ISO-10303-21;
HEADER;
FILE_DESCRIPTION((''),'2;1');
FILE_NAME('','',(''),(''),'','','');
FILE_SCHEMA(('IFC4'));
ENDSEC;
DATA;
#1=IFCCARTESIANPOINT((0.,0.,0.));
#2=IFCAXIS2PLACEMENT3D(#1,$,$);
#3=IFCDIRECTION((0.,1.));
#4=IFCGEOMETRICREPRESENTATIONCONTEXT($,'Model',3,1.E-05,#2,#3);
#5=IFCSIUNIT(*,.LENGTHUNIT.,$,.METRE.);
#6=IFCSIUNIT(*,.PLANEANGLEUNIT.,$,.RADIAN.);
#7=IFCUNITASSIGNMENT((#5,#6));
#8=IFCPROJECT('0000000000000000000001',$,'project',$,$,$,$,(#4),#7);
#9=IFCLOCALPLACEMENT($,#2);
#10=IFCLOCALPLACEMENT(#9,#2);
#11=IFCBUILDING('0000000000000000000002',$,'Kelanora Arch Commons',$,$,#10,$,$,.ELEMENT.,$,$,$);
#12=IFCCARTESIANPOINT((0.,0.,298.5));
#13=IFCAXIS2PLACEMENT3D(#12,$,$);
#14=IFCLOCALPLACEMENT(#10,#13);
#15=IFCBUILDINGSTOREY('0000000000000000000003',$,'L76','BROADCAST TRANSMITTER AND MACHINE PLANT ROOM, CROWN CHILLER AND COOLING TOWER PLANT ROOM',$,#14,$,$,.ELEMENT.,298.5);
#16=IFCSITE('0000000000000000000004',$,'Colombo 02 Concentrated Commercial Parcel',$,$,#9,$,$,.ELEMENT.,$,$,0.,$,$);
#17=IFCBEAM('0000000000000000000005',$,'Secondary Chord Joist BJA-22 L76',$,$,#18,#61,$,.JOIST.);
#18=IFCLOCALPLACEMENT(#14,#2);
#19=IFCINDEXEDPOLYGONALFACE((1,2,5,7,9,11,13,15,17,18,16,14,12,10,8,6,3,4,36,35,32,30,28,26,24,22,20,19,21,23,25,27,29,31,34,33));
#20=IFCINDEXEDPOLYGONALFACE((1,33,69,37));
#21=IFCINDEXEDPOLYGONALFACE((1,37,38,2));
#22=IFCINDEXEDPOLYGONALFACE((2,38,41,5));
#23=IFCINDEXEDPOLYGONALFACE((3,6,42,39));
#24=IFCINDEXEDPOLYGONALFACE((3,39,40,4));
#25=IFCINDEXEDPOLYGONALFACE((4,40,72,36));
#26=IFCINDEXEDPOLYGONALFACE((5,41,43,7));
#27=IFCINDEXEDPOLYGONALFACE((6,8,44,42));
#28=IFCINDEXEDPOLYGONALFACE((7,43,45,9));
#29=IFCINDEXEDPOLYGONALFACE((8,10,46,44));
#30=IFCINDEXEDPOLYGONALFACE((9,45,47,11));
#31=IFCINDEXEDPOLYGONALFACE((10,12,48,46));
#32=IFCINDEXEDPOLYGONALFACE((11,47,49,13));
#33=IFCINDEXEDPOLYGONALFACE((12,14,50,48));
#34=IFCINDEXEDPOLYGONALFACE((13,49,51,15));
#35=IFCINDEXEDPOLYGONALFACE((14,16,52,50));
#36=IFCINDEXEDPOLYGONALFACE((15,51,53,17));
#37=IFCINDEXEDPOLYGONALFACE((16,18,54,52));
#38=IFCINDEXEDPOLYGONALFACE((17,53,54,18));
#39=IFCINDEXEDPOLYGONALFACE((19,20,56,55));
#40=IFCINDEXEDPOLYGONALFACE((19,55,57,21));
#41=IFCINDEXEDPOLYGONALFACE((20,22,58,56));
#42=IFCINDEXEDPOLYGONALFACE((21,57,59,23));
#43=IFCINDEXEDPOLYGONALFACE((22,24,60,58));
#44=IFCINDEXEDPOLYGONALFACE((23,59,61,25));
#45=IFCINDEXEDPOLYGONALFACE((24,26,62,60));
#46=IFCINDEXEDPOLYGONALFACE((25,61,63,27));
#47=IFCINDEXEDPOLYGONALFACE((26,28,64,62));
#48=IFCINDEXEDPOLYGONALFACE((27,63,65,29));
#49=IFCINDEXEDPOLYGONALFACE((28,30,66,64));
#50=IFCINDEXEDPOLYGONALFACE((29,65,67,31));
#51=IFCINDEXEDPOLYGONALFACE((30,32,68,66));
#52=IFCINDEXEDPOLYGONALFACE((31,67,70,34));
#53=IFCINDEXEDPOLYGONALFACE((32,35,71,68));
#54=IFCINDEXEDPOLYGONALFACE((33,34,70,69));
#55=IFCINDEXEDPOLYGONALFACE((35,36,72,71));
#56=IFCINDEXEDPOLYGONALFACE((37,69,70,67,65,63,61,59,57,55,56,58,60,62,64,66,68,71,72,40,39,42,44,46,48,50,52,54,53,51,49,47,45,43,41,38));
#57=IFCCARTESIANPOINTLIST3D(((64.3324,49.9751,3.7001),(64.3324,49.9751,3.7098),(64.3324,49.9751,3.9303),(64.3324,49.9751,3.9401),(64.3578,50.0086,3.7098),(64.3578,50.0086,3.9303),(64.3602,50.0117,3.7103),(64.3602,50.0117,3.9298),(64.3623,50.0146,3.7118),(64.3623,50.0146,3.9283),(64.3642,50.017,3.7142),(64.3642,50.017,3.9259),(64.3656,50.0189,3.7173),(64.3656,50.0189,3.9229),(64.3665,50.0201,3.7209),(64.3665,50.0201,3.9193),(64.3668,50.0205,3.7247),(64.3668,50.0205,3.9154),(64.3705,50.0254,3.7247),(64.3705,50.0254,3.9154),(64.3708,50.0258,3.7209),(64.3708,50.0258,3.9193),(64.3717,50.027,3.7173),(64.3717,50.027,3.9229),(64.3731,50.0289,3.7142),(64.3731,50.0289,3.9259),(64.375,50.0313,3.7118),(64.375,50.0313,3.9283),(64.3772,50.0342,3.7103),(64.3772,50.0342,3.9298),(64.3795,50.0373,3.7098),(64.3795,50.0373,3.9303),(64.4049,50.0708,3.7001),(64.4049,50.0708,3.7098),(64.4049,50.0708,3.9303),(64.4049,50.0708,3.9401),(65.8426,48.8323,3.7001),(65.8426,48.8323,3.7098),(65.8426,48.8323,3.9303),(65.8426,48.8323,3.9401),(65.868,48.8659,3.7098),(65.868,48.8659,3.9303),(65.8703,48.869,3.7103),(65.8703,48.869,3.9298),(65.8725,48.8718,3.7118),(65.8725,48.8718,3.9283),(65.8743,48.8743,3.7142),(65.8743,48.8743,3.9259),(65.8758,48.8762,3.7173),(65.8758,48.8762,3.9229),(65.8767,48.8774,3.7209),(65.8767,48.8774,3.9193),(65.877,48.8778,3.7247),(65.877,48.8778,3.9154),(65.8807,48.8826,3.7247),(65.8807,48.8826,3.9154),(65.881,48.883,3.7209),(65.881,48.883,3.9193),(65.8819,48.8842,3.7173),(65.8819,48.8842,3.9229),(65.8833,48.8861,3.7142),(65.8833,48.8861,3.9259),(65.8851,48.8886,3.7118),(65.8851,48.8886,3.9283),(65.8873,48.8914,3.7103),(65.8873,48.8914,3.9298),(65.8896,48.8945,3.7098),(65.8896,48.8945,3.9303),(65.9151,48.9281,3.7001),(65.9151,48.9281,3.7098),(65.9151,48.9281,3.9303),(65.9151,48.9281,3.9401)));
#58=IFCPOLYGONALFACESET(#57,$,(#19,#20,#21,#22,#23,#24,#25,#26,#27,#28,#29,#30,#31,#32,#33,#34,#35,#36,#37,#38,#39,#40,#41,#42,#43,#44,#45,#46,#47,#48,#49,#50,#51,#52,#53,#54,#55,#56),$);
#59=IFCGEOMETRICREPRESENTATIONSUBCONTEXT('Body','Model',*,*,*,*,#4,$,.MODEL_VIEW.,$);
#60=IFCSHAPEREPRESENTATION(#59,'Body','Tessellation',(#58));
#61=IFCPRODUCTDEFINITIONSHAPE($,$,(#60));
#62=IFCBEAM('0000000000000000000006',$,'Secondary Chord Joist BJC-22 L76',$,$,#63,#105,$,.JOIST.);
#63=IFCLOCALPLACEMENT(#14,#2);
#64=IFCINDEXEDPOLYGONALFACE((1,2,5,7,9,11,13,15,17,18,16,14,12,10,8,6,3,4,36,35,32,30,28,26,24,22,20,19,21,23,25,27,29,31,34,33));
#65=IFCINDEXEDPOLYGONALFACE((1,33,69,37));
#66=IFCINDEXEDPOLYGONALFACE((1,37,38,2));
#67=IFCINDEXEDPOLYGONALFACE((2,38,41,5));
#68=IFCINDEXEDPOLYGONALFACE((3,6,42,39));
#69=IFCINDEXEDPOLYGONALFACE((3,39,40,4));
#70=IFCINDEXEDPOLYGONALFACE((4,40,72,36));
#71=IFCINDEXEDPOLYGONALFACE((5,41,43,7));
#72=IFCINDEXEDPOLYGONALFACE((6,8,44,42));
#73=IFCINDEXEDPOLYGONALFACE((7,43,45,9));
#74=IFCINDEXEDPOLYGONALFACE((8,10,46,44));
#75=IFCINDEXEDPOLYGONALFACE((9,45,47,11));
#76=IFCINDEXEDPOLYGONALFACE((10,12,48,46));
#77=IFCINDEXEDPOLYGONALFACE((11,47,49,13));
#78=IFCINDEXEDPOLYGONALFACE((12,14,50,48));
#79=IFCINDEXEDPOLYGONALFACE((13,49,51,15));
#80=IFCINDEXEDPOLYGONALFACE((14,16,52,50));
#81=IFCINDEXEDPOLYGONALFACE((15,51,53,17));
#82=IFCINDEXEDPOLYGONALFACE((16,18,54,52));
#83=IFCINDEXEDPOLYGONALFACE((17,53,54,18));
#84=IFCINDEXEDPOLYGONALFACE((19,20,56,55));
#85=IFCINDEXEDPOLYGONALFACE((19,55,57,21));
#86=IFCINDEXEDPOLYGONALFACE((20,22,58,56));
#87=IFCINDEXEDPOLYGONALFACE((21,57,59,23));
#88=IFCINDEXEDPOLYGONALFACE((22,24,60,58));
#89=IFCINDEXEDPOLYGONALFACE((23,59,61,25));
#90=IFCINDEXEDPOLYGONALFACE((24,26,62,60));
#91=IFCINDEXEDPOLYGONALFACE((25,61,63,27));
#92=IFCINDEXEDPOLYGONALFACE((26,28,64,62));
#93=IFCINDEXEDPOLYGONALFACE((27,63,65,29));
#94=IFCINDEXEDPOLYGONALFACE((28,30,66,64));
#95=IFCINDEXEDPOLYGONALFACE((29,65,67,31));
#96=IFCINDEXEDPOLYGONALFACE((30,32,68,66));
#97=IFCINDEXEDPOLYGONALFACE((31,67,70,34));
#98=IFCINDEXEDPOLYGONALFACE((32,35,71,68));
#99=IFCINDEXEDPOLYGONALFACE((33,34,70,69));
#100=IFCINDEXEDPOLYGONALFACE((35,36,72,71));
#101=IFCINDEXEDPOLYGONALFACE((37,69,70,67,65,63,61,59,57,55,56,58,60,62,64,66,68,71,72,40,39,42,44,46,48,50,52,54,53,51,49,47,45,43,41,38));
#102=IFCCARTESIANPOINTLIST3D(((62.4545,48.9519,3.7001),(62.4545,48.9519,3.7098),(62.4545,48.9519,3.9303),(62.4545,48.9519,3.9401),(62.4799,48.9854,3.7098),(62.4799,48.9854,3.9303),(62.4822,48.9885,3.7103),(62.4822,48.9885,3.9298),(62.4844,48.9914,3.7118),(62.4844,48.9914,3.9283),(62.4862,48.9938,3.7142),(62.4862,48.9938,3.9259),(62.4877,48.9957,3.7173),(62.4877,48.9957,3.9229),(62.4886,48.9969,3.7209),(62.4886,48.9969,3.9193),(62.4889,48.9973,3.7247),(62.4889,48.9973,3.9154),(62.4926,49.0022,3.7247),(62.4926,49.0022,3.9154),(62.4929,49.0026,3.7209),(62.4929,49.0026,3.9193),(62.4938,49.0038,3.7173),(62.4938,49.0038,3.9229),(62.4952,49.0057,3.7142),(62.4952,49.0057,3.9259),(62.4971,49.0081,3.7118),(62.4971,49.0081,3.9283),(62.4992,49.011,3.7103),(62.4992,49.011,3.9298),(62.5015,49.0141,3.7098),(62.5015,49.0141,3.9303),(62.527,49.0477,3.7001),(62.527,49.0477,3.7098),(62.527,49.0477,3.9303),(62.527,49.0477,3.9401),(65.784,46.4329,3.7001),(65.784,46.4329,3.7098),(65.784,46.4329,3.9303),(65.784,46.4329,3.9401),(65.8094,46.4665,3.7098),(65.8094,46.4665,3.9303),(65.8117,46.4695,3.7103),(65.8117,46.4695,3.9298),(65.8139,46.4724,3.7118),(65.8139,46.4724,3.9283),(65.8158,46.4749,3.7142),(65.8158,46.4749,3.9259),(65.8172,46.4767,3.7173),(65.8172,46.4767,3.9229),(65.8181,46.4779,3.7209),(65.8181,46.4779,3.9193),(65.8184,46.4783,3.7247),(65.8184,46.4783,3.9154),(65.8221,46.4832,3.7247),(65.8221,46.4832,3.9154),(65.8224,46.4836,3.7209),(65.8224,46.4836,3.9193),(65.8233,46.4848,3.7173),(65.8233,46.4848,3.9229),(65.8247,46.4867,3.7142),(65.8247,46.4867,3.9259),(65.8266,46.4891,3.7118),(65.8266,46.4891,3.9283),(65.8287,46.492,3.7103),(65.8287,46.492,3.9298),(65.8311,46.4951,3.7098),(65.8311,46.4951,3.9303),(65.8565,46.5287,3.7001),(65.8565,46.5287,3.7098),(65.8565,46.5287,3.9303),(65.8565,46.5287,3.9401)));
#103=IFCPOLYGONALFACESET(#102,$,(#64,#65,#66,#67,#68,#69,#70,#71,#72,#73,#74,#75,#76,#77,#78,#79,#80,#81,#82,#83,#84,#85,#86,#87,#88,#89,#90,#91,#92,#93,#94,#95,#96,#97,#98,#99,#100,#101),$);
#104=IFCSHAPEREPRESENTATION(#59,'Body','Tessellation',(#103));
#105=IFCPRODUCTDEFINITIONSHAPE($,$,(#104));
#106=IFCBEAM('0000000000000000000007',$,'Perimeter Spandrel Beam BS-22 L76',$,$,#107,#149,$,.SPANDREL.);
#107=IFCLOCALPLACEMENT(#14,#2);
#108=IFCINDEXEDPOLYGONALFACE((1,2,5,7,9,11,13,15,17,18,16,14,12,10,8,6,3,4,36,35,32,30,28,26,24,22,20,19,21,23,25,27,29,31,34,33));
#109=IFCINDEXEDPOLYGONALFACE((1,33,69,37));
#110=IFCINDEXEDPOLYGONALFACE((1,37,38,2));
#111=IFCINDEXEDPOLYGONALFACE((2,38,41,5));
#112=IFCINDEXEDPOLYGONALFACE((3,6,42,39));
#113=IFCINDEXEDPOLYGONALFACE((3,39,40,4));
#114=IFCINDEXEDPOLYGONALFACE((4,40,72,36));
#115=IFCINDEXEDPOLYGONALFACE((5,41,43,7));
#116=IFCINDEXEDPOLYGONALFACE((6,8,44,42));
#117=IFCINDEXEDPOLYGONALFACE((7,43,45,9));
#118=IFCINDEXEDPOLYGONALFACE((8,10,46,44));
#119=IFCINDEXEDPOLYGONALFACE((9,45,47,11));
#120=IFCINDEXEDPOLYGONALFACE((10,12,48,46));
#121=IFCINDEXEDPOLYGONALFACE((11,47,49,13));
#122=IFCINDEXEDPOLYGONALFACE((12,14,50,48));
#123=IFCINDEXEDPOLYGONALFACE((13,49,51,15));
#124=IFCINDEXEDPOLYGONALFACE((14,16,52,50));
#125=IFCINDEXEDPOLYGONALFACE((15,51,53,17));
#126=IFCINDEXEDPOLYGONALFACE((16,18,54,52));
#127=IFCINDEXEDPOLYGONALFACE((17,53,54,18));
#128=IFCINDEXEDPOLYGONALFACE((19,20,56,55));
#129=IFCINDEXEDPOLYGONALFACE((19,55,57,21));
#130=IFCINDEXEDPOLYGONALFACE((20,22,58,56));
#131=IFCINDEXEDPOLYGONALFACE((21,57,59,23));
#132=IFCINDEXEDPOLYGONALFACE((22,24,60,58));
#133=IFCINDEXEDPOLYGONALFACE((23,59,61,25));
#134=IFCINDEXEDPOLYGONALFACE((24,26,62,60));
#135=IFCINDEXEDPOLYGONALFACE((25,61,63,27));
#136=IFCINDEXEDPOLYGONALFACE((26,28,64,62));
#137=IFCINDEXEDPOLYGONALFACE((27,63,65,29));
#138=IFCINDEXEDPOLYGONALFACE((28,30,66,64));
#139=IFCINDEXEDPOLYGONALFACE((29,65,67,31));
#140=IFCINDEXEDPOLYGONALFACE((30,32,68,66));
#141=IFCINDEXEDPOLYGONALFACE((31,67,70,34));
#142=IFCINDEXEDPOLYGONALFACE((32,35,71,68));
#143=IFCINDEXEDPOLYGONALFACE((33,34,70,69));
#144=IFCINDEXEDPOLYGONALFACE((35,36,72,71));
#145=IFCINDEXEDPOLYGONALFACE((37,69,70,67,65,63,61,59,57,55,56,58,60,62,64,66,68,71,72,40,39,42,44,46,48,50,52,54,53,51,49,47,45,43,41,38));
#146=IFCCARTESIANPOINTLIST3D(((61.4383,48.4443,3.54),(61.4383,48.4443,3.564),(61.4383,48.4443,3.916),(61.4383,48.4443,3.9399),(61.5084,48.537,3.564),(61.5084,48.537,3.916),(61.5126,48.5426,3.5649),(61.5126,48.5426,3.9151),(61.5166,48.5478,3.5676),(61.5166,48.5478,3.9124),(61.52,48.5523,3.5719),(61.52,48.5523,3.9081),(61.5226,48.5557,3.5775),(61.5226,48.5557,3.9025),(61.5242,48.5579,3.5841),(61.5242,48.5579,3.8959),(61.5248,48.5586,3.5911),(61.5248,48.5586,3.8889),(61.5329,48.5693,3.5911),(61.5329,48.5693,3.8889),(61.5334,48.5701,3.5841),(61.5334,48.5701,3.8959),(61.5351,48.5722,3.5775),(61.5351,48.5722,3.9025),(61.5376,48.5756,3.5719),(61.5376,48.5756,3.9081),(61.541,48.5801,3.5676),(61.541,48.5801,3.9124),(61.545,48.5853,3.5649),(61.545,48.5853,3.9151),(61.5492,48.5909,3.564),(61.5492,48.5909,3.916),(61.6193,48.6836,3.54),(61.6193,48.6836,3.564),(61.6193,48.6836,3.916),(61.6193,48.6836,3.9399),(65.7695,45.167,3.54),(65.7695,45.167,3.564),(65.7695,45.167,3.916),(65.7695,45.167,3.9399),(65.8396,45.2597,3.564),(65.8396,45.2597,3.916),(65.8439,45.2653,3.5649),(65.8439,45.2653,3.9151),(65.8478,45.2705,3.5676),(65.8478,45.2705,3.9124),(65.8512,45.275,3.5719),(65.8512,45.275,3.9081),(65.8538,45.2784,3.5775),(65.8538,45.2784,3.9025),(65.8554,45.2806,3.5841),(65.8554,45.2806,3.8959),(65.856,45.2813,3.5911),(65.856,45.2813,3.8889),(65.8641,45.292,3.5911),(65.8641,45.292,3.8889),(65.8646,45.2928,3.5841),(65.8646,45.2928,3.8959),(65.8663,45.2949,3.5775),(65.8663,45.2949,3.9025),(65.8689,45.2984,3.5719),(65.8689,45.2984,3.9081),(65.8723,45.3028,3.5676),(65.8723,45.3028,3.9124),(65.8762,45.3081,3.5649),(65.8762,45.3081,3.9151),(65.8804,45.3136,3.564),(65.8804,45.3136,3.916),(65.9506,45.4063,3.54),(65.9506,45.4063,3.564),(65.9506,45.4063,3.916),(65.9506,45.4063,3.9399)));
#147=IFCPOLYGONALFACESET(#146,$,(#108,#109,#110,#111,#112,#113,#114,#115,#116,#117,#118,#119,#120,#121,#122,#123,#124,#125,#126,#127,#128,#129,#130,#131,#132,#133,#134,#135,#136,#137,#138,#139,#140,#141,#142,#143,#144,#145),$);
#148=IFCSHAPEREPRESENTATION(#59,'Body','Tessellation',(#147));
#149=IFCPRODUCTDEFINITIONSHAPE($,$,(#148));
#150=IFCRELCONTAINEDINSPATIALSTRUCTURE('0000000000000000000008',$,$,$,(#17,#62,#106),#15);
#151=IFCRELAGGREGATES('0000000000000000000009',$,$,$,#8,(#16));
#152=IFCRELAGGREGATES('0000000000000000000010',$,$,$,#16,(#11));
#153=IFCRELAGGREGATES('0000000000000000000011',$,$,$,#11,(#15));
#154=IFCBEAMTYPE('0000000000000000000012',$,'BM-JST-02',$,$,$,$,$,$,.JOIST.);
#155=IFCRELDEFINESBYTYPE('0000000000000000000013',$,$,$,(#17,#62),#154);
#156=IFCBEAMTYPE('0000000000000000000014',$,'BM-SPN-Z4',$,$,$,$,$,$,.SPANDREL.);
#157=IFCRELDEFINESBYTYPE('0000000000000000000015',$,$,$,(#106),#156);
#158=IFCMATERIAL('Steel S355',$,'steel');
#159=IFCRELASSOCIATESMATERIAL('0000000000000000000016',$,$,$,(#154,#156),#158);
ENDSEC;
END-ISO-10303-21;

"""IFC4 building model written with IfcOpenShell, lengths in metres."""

from ifc_helpers import new_model, si_unit, direction, frame, origin, origin_2d, place, context, subcontext, project, spatial, i_section, extrude, material, material_profile, profile_set, type_object, element, save


model = new_model("IFC4")

# Units and contexts
model_context = context("Model", 3, precision=1e-05, world=origin(), true_north=direction((0.0, 1.0)))
body_context = subcontext(model_context, "Body", "Model", "MODEL_VIEW")
ifc_project = project(units=[si_unit("LENGTHUNIT", "METRE"), si_unit("PLANEANGLEUNIT", "RADIAN")], contexts=[model_context])

# Site, building, storey
site_placement = place(None, origin())
site = spatial("IfcSite", under=ifc_project, at=site_placement, Name="Colombo 02 Concentrated Commercial Parcel", CompositionType="ELEMENT", RefElevation=0.0)
building_placement = place(site_placement, origin())
building = spatial("IfcBuilding", under=site, at=building_placement, Name="Kelanora Arch Commons", CompositionType="ELEMENT")
storey_placement = place(building_placement, frame((0.0, 0.0, 298.5)))
storey = spatial("IfcBuildingStorey", under=building, at=storey_placement, Name="L76", Description="BROADCAST TRANSMITTER AND MACHINE PLANT ROOM, CROWN CHILLER AND COOLING TOWER PLANT ROOM", CompositionType="ELEMENT", Elevation=298.5)

# Beams
ifc_material_1 = material(Name="Steel S355", Category="steel")
ifc_material_profile_1 = material_profile(ifc_material_1, i_section(OverallWidth=0.1201, OverallDepth=0.24, WebThickness=0.0061, FlangeThickness=0.0098, FilletRadius=0.0149, at=origin_2d()), Name="IPE240")
ifc_profile_set_1 = profile_set([ifc_material_profile_1], Name="Steel S355")
beam_type_1 = type_object("IfcBeamType", Name="BM-JST-02", PredefinedType="JOIST", material=ifc_profile_set_1)
beam_1_placement = place(storey_placement, frame((64.3687, 50.0229, 3.8201), z_axis=(0.797425, -0.603418, 0.0), x_axis=(0.603418, 0.797425, 0.0)))
element("IfcBeam", 1, at=beam_1_placement, inside=storey, type_object=beam_type_1, Name="Secondary Chord Joist BJA-22 L76", PredefinedType="JOIST", context=body_context, shape_type="SweptSolid", body=[
    extrude(i_section(OverallWidth=0.1201, OverallDepth=0.24, WebThickness=0.0061, FlangeThickness=0.0098, FilletRadius=0.0149, at=origin_2d()), origin(), (0.0, 0.0, 1.0), 1.8938),
])
beam_2_placement = place(storey_placement, frame((62.4907, 48.9998, 3.8201), z_axis=(0.797481, -0.603344, 0.0), x_axis=(0.603344, 0.797481, 0.0)))
element("IfcBeam", 2, at=beam_2_placement, inside=storey, type_object=beam_type_1, Name="Secondary Chord Joist BJC-22 L76", PredefinedType="JOIST", context=body_context, shape_type="SweptSolid", body=[
    extrude(i_section(OverallWidth=0.1201, OverallDepth=0.24, WebThickness=0.0061, FlangeThickness=0.0098, FilletRadius=0.0149, at=origin_2d()), origin(), (0.0, 0.0, 1.0), 4.175),
])
ifc_material_profile_2 = material_profile(ifc_material_1, i_section(OverallWidth=0.3, OverallDepth=0.3999, WebThickness=0.0134, FlangeThickness=0.0239, FilletRadius=0.0271, at=origin_2d()), Name="HEB400")
ifc_profile_set_2 = profile_set([ifc_material_profile_2], Name="Steel S355")
beam_type_2 = type_object("IfcBeamType", Name="BM-SPN-Z4", PredefinedType="SPANDREL", material=ifc_profile_set_2)
beam_3_placement = place(storey_placement, frame((61.5288, 48.564, 3.74), z_axis=(0.797441, -0.603396, 0.0), x_axis=(0.603396, 0.797441, 0.0)))
element("IfcBeam", 3, at=beam_3_placement, inside=storey, type_object=beam_type_2, Name="Perimeter Spandrel Beam BS-22 L76", PredefinedType="SPANDREL", context=body_context, shape_type="SweptSolid", body=[
    extrude(i_section(OverallWidth=0.3, OverallDepth=0.3999, WebThickness=0.0134, FlangeThickness=0.0239, FilletRadius=0.0271, at=origin_2d()), origin(), (0.0, 0.0, 1.0), 5.4314),
])

save(model, "model.ifc")
